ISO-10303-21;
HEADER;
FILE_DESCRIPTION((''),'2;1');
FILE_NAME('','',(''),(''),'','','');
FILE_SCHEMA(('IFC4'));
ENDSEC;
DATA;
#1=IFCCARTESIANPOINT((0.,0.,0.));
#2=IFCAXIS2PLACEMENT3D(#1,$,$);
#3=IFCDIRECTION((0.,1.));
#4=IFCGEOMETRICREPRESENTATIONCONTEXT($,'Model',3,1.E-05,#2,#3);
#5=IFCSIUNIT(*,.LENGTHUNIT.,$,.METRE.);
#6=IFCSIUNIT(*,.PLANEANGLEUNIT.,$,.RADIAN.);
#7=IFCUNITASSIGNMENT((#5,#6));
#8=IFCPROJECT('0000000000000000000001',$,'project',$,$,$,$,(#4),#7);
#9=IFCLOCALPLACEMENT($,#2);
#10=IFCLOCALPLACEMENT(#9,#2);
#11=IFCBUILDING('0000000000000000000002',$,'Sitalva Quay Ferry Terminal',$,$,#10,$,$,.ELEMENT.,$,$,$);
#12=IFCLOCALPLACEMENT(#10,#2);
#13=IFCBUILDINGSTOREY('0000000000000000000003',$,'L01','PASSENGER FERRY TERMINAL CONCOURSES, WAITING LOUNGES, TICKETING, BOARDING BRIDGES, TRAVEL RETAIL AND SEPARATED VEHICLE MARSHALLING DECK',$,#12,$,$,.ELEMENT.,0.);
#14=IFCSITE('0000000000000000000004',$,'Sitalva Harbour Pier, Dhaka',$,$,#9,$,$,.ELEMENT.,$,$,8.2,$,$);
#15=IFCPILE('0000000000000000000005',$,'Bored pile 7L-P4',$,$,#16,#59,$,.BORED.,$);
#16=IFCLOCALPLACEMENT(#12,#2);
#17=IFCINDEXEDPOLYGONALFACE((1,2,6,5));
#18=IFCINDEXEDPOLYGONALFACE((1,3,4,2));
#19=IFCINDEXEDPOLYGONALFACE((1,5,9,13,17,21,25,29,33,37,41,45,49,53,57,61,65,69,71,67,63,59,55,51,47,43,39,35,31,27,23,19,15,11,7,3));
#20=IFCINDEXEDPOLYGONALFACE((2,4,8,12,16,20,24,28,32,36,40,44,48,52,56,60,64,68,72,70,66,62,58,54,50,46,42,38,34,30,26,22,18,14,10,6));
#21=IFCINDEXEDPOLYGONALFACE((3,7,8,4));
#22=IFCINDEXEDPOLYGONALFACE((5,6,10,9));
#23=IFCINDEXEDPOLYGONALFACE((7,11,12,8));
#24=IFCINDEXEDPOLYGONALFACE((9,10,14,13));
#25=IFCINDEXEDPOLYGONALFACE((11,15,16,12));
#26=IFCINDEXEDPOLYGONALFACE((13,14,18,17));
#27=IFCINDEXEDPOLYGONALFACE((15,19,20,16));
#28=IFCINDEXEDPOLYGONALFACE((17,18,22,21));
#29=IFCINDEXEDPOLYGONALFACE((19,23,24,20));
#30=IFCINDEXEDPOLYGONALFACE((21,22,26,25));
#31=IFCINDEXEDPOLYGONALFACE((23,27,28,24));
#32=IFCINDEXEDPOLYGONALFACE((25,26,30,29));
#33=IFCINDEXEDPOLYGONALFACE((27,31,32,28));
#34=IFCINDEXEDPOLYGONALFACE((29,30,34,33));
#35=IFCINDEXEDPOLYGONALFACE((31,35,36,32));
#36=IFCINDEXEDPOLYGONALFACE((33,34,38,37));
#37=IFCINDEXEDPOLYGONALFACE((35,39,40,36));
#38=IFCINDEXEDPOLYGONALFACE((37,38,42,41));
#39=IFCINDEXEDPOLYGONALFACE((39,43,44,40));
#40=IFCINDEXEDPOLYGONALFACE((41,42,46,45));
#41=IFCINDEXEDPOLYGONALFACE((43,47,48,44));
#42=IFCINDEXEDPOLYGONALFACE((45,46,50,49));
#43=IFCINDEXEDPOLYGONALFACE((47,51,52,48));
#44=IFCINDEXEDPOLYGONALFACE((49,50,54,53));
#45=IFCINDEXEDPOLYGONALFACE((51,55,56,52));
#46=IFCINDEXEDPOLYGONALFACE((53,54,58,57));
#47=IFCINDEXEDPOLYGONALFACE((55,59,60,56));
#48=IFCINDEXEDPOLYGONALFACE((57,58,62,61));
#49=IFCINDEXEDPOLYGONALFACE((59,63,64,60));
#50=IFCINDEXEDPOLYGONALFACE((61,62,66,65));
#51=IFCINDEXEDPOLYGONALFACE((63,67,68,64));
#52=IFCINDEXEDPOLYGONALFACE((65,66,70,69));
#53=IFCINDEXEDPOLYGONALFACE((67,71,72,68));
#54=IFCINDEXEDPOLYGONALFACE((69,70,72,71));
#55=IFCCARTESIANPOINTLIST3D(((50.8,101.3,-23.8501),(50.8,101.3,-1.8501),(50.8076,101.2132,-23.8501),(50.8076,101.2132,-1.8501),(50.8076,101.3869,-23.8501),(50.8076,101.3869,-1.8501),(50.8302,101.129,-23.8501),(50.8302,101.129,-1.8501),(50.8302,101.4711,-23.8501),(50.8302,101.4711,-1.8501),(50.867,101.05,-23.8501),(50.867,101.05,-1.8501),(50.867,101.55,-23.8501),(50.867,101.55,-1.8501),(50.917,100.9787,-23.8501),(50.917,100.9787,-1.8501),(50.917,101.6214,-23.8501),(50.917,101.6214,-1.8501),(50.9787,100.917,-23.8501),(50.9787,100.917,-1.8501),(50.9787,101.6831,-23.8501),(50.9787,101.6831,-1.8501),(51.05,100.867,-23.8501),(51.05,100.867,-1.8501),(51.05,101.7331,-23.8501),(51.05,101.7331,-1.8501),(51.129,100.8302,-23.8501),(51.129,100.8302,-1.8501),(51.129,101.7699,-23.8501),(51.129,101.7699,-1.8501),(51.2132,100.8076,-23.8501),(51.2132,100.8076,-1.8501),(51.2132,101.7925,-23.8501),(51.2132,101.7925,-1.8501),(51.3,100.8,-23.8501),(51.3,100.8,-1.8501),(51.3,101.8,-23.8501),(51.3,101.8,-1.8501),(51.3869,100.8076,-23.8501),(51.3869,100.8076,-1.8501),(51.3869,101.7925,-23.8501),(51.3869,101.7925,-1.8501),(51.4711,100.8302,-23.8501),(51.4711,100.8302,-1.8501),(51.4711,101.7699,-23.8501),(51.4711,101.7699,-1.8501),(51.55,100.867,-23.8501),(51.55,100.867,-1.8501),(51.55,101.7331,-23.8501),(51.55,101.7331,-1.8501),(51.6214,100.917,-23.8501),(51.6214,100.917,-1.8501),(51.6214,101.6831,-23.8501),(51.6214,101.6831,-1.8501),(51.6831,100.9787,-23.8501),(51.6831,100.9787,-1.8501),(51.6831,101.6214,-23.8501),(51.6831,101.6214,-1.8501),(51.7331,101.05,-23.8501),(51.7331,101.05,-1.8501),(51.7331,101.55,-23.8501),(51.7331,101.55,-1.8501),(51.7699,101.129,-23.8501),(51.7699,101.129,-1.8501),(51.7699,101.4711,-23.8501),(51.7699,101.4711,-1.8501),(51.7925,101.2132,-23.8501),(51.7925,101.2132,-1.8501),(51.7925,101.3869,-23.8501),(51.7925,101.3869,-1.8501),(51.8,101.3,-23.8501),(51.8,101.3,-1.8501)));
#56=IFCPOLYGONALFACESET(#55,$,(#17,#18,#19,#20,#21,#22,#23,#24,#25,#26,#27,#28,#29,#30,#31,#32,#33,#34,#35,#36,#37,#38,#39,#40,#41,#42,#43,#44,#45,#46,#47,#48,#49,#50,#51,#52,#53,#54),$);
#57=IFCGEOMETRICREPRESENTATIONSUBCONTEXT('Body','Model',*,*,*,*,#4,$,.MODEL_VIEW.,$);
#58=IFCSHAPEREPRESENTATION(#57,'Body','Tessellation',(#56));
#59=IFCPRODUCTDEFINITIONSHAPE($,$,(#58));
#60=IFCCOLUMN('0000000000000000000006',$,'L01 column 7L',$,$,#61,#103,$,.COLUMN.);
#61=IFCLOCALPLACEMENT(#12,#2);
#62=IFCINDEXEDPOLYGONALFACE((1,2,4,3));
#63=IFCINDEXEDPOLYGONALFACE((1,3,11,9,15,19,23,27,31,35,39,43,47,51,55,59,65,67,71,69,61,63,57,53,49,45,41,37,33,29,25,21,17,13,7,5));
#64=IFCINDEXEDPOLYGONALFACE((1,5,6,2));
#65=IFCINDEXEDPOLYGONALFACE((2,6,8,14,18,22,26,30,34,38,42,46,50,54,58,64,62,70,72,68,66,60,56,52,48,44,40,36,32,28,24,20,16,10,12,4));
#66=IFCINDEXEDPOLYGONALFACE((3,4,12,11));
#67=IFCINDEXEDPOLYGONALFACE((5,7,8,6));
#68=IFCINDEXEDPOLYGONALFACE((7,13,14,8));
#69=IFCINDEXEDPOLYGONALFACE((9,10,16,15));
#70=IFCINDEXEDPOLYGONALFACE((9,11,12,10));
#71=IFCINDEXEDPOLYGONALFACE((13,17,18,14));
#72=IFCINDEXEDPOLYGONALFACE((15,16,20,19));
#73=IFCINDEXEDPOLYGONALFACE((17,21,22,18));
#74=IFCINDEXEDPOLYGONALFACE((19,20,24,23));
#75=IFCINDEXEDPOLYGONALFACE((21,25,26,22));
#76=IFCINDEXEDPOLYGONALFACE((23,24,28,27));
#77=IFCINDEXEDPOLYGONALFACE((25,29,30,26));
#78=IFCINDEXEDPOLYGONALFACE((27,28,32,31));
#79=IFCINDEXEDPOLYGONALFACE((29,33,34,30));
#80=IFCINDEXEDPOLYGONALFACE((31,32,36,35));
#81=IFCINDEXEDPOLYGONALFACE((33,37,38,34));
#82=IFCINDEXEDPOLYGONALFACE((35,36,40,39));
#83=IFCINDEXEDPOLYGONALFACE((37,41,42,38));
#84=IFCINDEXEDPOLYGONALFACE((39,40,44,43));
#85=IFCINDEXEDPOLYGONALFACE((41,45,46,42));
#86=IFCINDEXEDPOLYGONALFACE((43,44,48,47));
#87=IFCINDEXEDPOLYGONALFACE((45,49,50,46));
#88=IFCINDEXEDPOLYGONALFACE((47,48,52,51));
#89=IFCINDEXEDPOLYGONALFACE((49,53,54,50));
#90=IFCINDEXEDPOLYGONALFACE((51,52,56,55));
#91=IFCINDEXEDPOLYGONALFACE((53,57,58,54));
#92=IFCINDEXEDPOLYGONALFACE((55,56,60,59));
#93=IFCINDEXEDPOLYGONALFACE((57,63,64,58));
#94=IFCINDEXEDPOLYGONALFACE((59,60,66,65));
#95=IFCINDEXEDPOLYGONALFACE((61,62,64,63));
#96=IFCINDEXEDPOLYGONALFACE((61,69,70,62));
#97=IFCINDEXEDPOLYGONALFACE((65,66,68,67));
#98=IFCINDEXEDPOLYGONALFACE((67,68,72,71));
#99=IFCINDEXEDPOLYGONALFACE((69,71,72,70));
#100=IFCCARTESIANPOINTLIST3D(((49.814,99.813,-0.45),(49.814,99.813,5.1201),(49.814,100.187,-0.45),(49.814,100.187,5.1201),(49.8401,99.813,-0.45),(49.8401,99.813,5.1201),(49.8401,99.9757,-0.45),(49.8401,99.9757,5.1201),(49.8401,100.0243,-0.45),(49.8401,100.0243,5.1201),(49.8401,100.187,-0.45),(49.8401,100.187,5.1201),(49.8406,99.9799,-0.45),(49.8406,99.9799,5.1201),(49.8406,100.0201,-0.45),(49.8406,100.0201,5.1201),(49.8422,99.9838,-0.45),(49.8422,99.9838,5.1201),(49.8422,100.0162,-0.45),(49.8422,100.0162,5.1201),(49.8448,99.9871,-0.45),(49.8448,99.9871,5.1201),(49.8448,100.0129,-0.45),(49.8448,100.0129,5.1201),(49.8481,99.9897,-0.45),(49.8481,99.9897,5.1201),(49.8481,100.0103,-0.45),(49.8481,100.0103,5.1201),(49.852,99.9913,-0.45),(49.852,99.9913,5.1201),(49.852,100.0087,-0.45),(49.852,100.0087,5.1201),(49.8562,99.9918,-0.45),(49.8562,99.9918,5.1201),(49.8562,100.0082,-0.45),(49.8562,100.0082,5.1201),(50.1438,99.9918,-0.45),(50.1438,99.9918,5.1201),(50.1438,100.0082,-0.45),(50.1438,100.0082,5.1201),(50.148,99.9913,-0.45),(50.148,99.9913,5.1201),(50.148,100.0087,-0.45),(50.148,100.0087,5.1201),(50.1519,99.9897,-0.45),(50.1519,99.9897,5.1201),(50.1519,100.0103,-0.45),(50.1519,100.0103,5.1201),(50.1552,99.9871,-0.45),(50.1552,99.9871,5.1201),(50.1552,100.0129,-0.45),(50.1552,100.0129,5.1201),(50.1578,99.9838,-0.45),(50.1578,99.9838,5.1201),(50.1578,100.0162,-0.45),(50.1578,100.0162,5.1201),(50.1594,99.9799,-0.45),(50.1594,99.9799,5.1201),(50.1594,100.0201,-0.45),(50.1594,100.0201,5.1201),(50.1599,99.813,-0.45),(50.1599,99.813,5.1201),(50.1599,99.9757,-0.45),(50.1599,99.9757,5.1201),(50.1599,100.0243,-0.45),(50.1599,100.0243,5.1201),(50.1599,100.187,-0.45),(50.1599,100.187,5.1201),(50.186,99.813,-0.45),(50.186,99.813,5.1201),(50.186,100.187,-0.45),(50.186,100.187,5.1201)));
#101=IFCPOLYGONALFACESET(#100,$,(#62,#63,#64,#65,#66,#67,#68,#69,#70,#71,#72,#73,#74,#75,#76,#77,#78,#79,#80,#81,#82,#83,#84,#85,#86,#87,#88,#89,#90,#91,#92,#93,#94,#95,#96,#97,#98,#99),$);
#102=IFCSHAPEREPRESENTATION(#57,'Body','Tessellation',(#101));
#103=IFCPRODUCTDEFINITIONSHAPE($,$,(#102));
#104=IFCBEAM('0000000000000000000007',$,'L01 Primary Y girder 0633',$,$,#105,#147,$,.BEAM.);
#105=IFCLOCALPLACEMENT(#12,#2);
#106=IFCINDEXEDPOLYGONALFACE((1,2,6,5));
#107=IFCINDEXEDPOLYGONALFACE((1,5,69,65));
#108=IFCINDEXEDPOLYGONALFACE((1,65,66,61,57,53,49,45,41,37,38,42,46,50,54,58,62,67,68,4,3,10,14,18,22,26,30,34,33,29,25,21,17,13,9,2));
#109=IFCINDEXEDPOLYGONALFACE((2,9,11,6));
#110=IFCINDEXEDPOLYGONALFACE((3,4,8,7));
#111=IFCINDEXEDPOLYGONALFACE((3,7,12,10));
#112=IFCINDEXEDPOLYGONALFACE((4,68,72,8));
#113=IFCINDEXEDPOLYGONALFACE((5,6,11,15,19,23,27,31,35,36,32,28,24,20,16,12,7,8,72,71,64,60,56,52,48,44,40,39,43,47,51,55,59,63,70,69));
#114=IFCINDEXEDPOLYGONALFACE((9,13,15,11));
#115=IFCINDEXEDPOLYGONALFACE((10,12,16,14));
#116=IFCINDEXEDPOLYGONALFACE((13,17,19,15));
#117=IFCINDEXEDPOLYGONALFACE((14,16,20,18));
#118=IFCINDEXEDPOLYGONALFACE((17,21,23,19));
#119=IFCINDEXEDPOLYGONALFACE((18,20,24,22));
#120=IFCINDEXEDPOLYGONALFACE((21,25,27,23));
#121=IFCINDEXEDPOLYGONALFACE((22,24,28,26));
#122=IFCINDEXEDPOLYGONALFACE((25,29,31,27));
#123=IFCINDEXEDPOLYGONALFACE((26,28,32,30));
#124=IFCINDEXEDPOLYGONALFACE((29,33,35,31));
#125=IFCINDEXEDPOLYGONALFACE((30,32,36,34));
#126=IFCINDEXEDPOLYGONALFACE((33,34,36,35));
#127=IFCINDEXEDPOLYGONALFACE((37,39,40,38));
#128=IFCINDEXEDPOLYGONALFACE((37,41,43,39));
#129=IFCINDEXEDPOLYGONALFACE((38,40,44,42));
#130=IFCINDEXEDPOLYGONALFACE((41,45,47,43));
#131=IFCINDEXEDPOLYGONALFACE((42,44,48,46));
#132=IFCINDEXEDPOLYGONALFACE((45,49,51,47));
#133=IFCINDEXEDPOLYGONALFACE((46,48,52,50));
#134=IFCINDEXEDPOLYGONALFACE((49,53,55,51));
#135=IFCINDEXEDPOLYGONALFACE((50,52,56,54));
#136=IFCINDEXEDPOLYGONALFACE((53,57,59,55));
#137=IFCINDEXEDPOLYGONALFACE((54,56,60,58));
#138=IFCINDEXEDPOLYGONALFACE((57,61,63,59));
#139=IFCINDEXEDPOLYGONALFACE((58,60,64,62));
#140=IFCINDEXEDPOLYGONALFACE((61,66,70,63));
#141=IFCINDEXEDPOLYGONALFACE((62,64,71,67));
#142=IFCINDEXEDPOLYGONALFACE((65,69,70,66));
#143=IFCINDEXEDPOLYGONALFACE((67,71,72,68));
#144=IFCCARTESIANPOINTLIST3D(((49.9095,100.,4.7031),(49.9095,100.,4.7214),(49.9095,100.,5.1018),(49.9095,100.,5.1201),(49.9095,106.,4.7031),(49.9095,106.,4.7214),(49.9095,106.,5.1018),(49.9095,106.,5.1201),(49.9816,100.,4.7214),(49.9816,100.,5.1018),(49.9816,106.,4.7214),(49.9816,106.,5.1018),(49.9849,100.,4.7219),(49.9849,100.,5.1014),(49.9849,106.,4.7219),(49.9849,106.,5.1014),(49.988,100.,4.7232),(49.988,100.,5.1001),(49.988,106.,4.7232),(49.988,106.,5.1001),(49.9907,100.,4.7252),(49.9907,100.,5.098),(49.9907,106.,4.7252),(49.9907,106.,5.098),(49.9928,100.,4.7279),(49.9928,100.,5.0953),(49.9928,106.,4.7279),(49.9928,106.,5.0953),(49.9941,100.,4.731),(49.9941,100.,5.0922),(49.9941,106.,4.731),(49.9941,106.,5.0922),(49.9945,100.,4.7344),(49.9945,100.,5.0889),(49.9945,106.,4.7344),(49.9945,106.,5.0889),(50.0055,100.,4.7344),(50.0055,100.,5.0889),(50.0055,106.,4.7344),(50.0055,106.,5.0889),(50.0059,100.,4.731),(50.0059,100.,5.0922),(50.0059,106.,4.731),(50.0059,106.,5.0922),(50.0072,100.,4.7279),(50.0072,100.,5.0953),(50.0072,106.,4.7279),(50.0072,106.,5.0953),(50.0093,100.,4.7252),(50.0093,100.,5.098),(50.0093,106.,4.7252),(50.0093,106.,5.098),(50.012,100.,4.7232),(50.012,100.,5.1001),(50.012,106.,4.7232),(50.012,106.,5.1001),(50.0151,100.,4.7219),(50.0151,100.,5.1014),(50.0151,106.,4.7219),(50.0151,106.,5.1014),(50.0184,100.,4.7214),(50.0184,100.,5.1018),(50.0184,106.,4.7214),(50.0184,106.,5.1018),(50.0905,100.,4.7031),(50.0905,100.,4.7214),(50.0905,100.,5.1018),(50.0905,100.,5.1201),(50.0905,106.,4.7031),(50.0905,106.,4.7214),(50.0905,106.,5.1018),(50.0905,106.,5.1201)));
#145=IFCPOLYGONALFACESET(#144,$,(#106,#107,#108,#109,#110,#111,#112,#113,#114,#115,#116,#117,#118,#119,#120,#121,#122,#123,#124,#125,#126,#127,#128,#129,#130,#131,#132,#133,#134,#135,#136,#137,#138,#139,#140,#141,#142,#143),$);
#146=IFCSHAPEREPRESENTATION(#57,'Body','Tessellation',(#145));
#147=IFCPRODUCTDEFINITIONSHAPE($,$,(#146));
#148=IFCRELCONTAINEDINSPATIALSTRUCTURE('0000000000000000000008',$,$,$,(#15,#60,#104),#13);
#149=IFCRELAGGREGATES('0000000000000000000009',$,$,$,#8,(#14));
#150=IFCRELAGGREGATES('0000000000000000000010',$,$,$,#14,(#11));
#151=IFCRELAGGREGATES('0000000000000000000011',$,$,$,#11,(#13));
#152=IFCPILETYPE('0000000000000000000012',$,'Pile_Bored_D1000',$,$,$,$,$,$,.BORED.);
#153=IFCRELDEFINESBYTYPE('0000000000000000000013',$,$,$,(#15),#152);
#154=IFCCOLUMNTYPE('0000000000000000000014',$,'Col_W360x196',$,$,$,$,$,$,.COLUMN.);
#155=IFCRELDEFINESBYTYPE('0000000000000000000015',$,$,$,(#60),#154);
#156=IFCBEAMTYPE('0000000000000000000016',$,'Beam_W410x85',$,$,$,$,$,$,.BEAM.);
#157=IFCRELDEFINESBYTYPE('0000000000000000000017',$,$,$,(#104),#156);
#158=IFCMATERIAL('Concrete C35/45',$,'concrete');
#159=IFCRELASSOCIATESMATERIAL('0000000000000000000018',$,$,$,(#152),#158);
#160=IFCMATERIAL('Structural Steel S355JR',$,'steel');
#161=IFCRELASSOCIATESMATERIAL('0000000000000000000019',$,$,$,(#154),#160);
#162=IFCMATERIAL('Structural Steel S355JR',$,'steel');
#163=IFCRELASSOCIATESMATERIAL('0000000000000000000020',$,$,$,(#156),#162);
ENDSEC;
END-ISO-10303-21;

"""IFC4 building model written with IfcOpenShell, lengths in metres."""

from ifc_helpers import new_model, si_unit, direction, frame, origin, origin_2d, place, context, subcontext, project, spatial, circle, i_section, extrude, material, material_profile, profile_set, type_object, element, save


model = new_model("IFC4")

# Units and contexts
model_context = context("Model", 3, precision=1e-05, world=origin(), true_north=direction((0.0, 1.0)))
body_context = subcontext(model_context, "Body", "Model", "MODEL_VIEW")
ifc_project = project(units=[si_unit("LENGTHUNIT", "METRE"), si_unit("PLANEANGLEUNIT", "RADIAN")], contexts=[model_context])

# Site, building, storey
site_placement = place(None, origin())
site = spatial("IfcSite", under=ifc_project, at=site_placement, Name="Sitalva Harbour Pier, Dhaka", CompositionType="ELEMENT", RefElevation=8.2)
building_placement = place(site_placement, origin())
building = spatial("IfcBuilding", under=site, at=building_placement, Name="Sitalva Quay Ferry Terminal", CompositionType="ELEMENT")
storey_placement = place(building_placement, origin())
storey = spatial("IfcBuildingStorey", under=building, at=storey_placement, Name="L01", Description="PASSENGER FERRY TERMINAL CONCOURSES, WAITING LOUNGES, TICKETING, BOARDING BRIDGES, TRAVEL RETAIL AND SEPARATED VEHICLE MARSHALLING DECK", CompositionType="ELEMENT", Elevation=0.0)

# Pile
ifc_material_1 = material(Name="Concrete C35/45", Category="concrete")
ifc_material_profile_1 = material_profile(ifc_material_1, circle(Radius=0.5, at=origin_2d()), Name="PILE-D1000")
ifc_profile_set_1 = profile_set([ifc_material_profile_1], Name="Concrete C35/45")
pile_type = type_object("IfcPileType", Name="Pile_Bored_D1000", PredefinedType="BORED", material=ifc_profile_set_1)
for number, where, z_axis, x_axis, name in (
    (1, (51.3, 101.3, -1.8501), (0.0, 0.0, -1.0), (1.0, 0.0, 0.0), "Bored pile 7L-P4"),
):
    element("IfcPile", number, at=place(storey_placement, frame(where, z_axis=z_axis, x_axis=x_axis)), inside=storey, type_object=pile_type, Name=name, PredefinedType="BORED", context=body_context, shape_type="SweptSolid", body=[
        extrude(circle(Radius=0.5, at=origin_2d()), origin(), (0.0, 0.0, 1.0), 22.0),
    ])

# Column
ifc_material_2 = material(Name="Structural Steel S355JR", Category="steel")
ifc_material_profile_2 = material_profile(ifc_material_2, i_section(OverallWidth=0.374, OverallDepth=0.3721, WebThickness=0.0164, FlangeThickness=0.0261, FilletRadius=0.0161, at=origin_2d()), Name="W360x196")
ifc_profile_set_2 = profile_set([ifc_material_profile_2], Name="Structural Steel S355JR")
column_type = type_object("IfcColumnType", Name="Col_W360x196", PredefinedType="COLUMN", material=ifc_profile_set_2)
column_placement = place(storey_placement, frame((50.0, 100.0, -0.45), z_axis=(0.0, 0.0, 1.0), x_axis=(0.0, 1.0, 0.0)))
element("IfcColumn", 2, at=column_placement, inside=storey, type_object=column_type, Name="L01 column 7L", PredefinedType="COLUMN", context=body_context, shape_type="SweptSolid", body=[
    extrude(i_section(OverallWidth=0.374, OverallDepth=0.3721, WebThickness=0.0164, FlangeThickness=0.0261, FilletRadius=0.0161, at=origin_2d()), origin(), (0.0, 0.0, 1.0), 5.5701),
])

# Beam
ifc_material_3 = material(Name="Structural Steel S355JR", Category="steel")
ifc_material_profile_3 = material_profile(ifc_material_3, i_section(OverallWidth=0.1809, OverallDepth=0.417, WebThickness=0.011, FlangeThickness=0.0183, FilletRadius=0.0129, at=origin_2d()), Name="W410x85")
ifc_profile_set_3 = profile_set([ifc_material_profile_3], Name="Structural Steel S355JR")
beam_type_1 = type_object("IfcBeamType", Name="Beam_W410x85", PredefinedType="BEAM", material=ifc_profile_set_3)
beam_1_placement = place(storey_placement, frame((50.0, 100.0, 4.9116), z_axis=(0.0, 1.0, 0.0), x_axis=(-1.0, 0.0, 0.0)))
element("IfcBeam", 3, at=beam_1_placement, inside=storey, type_object=beam_type_1, Name="L01 Primary Y girder 0633", PredefinedType="BEAM", context=body_context, shape_type="SweptSolid", body=[
    extrude(i_section(OverallWidth=0.1809, OverallDepth=0.417, WebThickness=0.011, FlangeThickness=0.0183, FilletRadius=0.0129, at=origin_2d()), origin(), (0.0, 0.0, 1.0), 6.0),
])

save(model, "model.ifc")
